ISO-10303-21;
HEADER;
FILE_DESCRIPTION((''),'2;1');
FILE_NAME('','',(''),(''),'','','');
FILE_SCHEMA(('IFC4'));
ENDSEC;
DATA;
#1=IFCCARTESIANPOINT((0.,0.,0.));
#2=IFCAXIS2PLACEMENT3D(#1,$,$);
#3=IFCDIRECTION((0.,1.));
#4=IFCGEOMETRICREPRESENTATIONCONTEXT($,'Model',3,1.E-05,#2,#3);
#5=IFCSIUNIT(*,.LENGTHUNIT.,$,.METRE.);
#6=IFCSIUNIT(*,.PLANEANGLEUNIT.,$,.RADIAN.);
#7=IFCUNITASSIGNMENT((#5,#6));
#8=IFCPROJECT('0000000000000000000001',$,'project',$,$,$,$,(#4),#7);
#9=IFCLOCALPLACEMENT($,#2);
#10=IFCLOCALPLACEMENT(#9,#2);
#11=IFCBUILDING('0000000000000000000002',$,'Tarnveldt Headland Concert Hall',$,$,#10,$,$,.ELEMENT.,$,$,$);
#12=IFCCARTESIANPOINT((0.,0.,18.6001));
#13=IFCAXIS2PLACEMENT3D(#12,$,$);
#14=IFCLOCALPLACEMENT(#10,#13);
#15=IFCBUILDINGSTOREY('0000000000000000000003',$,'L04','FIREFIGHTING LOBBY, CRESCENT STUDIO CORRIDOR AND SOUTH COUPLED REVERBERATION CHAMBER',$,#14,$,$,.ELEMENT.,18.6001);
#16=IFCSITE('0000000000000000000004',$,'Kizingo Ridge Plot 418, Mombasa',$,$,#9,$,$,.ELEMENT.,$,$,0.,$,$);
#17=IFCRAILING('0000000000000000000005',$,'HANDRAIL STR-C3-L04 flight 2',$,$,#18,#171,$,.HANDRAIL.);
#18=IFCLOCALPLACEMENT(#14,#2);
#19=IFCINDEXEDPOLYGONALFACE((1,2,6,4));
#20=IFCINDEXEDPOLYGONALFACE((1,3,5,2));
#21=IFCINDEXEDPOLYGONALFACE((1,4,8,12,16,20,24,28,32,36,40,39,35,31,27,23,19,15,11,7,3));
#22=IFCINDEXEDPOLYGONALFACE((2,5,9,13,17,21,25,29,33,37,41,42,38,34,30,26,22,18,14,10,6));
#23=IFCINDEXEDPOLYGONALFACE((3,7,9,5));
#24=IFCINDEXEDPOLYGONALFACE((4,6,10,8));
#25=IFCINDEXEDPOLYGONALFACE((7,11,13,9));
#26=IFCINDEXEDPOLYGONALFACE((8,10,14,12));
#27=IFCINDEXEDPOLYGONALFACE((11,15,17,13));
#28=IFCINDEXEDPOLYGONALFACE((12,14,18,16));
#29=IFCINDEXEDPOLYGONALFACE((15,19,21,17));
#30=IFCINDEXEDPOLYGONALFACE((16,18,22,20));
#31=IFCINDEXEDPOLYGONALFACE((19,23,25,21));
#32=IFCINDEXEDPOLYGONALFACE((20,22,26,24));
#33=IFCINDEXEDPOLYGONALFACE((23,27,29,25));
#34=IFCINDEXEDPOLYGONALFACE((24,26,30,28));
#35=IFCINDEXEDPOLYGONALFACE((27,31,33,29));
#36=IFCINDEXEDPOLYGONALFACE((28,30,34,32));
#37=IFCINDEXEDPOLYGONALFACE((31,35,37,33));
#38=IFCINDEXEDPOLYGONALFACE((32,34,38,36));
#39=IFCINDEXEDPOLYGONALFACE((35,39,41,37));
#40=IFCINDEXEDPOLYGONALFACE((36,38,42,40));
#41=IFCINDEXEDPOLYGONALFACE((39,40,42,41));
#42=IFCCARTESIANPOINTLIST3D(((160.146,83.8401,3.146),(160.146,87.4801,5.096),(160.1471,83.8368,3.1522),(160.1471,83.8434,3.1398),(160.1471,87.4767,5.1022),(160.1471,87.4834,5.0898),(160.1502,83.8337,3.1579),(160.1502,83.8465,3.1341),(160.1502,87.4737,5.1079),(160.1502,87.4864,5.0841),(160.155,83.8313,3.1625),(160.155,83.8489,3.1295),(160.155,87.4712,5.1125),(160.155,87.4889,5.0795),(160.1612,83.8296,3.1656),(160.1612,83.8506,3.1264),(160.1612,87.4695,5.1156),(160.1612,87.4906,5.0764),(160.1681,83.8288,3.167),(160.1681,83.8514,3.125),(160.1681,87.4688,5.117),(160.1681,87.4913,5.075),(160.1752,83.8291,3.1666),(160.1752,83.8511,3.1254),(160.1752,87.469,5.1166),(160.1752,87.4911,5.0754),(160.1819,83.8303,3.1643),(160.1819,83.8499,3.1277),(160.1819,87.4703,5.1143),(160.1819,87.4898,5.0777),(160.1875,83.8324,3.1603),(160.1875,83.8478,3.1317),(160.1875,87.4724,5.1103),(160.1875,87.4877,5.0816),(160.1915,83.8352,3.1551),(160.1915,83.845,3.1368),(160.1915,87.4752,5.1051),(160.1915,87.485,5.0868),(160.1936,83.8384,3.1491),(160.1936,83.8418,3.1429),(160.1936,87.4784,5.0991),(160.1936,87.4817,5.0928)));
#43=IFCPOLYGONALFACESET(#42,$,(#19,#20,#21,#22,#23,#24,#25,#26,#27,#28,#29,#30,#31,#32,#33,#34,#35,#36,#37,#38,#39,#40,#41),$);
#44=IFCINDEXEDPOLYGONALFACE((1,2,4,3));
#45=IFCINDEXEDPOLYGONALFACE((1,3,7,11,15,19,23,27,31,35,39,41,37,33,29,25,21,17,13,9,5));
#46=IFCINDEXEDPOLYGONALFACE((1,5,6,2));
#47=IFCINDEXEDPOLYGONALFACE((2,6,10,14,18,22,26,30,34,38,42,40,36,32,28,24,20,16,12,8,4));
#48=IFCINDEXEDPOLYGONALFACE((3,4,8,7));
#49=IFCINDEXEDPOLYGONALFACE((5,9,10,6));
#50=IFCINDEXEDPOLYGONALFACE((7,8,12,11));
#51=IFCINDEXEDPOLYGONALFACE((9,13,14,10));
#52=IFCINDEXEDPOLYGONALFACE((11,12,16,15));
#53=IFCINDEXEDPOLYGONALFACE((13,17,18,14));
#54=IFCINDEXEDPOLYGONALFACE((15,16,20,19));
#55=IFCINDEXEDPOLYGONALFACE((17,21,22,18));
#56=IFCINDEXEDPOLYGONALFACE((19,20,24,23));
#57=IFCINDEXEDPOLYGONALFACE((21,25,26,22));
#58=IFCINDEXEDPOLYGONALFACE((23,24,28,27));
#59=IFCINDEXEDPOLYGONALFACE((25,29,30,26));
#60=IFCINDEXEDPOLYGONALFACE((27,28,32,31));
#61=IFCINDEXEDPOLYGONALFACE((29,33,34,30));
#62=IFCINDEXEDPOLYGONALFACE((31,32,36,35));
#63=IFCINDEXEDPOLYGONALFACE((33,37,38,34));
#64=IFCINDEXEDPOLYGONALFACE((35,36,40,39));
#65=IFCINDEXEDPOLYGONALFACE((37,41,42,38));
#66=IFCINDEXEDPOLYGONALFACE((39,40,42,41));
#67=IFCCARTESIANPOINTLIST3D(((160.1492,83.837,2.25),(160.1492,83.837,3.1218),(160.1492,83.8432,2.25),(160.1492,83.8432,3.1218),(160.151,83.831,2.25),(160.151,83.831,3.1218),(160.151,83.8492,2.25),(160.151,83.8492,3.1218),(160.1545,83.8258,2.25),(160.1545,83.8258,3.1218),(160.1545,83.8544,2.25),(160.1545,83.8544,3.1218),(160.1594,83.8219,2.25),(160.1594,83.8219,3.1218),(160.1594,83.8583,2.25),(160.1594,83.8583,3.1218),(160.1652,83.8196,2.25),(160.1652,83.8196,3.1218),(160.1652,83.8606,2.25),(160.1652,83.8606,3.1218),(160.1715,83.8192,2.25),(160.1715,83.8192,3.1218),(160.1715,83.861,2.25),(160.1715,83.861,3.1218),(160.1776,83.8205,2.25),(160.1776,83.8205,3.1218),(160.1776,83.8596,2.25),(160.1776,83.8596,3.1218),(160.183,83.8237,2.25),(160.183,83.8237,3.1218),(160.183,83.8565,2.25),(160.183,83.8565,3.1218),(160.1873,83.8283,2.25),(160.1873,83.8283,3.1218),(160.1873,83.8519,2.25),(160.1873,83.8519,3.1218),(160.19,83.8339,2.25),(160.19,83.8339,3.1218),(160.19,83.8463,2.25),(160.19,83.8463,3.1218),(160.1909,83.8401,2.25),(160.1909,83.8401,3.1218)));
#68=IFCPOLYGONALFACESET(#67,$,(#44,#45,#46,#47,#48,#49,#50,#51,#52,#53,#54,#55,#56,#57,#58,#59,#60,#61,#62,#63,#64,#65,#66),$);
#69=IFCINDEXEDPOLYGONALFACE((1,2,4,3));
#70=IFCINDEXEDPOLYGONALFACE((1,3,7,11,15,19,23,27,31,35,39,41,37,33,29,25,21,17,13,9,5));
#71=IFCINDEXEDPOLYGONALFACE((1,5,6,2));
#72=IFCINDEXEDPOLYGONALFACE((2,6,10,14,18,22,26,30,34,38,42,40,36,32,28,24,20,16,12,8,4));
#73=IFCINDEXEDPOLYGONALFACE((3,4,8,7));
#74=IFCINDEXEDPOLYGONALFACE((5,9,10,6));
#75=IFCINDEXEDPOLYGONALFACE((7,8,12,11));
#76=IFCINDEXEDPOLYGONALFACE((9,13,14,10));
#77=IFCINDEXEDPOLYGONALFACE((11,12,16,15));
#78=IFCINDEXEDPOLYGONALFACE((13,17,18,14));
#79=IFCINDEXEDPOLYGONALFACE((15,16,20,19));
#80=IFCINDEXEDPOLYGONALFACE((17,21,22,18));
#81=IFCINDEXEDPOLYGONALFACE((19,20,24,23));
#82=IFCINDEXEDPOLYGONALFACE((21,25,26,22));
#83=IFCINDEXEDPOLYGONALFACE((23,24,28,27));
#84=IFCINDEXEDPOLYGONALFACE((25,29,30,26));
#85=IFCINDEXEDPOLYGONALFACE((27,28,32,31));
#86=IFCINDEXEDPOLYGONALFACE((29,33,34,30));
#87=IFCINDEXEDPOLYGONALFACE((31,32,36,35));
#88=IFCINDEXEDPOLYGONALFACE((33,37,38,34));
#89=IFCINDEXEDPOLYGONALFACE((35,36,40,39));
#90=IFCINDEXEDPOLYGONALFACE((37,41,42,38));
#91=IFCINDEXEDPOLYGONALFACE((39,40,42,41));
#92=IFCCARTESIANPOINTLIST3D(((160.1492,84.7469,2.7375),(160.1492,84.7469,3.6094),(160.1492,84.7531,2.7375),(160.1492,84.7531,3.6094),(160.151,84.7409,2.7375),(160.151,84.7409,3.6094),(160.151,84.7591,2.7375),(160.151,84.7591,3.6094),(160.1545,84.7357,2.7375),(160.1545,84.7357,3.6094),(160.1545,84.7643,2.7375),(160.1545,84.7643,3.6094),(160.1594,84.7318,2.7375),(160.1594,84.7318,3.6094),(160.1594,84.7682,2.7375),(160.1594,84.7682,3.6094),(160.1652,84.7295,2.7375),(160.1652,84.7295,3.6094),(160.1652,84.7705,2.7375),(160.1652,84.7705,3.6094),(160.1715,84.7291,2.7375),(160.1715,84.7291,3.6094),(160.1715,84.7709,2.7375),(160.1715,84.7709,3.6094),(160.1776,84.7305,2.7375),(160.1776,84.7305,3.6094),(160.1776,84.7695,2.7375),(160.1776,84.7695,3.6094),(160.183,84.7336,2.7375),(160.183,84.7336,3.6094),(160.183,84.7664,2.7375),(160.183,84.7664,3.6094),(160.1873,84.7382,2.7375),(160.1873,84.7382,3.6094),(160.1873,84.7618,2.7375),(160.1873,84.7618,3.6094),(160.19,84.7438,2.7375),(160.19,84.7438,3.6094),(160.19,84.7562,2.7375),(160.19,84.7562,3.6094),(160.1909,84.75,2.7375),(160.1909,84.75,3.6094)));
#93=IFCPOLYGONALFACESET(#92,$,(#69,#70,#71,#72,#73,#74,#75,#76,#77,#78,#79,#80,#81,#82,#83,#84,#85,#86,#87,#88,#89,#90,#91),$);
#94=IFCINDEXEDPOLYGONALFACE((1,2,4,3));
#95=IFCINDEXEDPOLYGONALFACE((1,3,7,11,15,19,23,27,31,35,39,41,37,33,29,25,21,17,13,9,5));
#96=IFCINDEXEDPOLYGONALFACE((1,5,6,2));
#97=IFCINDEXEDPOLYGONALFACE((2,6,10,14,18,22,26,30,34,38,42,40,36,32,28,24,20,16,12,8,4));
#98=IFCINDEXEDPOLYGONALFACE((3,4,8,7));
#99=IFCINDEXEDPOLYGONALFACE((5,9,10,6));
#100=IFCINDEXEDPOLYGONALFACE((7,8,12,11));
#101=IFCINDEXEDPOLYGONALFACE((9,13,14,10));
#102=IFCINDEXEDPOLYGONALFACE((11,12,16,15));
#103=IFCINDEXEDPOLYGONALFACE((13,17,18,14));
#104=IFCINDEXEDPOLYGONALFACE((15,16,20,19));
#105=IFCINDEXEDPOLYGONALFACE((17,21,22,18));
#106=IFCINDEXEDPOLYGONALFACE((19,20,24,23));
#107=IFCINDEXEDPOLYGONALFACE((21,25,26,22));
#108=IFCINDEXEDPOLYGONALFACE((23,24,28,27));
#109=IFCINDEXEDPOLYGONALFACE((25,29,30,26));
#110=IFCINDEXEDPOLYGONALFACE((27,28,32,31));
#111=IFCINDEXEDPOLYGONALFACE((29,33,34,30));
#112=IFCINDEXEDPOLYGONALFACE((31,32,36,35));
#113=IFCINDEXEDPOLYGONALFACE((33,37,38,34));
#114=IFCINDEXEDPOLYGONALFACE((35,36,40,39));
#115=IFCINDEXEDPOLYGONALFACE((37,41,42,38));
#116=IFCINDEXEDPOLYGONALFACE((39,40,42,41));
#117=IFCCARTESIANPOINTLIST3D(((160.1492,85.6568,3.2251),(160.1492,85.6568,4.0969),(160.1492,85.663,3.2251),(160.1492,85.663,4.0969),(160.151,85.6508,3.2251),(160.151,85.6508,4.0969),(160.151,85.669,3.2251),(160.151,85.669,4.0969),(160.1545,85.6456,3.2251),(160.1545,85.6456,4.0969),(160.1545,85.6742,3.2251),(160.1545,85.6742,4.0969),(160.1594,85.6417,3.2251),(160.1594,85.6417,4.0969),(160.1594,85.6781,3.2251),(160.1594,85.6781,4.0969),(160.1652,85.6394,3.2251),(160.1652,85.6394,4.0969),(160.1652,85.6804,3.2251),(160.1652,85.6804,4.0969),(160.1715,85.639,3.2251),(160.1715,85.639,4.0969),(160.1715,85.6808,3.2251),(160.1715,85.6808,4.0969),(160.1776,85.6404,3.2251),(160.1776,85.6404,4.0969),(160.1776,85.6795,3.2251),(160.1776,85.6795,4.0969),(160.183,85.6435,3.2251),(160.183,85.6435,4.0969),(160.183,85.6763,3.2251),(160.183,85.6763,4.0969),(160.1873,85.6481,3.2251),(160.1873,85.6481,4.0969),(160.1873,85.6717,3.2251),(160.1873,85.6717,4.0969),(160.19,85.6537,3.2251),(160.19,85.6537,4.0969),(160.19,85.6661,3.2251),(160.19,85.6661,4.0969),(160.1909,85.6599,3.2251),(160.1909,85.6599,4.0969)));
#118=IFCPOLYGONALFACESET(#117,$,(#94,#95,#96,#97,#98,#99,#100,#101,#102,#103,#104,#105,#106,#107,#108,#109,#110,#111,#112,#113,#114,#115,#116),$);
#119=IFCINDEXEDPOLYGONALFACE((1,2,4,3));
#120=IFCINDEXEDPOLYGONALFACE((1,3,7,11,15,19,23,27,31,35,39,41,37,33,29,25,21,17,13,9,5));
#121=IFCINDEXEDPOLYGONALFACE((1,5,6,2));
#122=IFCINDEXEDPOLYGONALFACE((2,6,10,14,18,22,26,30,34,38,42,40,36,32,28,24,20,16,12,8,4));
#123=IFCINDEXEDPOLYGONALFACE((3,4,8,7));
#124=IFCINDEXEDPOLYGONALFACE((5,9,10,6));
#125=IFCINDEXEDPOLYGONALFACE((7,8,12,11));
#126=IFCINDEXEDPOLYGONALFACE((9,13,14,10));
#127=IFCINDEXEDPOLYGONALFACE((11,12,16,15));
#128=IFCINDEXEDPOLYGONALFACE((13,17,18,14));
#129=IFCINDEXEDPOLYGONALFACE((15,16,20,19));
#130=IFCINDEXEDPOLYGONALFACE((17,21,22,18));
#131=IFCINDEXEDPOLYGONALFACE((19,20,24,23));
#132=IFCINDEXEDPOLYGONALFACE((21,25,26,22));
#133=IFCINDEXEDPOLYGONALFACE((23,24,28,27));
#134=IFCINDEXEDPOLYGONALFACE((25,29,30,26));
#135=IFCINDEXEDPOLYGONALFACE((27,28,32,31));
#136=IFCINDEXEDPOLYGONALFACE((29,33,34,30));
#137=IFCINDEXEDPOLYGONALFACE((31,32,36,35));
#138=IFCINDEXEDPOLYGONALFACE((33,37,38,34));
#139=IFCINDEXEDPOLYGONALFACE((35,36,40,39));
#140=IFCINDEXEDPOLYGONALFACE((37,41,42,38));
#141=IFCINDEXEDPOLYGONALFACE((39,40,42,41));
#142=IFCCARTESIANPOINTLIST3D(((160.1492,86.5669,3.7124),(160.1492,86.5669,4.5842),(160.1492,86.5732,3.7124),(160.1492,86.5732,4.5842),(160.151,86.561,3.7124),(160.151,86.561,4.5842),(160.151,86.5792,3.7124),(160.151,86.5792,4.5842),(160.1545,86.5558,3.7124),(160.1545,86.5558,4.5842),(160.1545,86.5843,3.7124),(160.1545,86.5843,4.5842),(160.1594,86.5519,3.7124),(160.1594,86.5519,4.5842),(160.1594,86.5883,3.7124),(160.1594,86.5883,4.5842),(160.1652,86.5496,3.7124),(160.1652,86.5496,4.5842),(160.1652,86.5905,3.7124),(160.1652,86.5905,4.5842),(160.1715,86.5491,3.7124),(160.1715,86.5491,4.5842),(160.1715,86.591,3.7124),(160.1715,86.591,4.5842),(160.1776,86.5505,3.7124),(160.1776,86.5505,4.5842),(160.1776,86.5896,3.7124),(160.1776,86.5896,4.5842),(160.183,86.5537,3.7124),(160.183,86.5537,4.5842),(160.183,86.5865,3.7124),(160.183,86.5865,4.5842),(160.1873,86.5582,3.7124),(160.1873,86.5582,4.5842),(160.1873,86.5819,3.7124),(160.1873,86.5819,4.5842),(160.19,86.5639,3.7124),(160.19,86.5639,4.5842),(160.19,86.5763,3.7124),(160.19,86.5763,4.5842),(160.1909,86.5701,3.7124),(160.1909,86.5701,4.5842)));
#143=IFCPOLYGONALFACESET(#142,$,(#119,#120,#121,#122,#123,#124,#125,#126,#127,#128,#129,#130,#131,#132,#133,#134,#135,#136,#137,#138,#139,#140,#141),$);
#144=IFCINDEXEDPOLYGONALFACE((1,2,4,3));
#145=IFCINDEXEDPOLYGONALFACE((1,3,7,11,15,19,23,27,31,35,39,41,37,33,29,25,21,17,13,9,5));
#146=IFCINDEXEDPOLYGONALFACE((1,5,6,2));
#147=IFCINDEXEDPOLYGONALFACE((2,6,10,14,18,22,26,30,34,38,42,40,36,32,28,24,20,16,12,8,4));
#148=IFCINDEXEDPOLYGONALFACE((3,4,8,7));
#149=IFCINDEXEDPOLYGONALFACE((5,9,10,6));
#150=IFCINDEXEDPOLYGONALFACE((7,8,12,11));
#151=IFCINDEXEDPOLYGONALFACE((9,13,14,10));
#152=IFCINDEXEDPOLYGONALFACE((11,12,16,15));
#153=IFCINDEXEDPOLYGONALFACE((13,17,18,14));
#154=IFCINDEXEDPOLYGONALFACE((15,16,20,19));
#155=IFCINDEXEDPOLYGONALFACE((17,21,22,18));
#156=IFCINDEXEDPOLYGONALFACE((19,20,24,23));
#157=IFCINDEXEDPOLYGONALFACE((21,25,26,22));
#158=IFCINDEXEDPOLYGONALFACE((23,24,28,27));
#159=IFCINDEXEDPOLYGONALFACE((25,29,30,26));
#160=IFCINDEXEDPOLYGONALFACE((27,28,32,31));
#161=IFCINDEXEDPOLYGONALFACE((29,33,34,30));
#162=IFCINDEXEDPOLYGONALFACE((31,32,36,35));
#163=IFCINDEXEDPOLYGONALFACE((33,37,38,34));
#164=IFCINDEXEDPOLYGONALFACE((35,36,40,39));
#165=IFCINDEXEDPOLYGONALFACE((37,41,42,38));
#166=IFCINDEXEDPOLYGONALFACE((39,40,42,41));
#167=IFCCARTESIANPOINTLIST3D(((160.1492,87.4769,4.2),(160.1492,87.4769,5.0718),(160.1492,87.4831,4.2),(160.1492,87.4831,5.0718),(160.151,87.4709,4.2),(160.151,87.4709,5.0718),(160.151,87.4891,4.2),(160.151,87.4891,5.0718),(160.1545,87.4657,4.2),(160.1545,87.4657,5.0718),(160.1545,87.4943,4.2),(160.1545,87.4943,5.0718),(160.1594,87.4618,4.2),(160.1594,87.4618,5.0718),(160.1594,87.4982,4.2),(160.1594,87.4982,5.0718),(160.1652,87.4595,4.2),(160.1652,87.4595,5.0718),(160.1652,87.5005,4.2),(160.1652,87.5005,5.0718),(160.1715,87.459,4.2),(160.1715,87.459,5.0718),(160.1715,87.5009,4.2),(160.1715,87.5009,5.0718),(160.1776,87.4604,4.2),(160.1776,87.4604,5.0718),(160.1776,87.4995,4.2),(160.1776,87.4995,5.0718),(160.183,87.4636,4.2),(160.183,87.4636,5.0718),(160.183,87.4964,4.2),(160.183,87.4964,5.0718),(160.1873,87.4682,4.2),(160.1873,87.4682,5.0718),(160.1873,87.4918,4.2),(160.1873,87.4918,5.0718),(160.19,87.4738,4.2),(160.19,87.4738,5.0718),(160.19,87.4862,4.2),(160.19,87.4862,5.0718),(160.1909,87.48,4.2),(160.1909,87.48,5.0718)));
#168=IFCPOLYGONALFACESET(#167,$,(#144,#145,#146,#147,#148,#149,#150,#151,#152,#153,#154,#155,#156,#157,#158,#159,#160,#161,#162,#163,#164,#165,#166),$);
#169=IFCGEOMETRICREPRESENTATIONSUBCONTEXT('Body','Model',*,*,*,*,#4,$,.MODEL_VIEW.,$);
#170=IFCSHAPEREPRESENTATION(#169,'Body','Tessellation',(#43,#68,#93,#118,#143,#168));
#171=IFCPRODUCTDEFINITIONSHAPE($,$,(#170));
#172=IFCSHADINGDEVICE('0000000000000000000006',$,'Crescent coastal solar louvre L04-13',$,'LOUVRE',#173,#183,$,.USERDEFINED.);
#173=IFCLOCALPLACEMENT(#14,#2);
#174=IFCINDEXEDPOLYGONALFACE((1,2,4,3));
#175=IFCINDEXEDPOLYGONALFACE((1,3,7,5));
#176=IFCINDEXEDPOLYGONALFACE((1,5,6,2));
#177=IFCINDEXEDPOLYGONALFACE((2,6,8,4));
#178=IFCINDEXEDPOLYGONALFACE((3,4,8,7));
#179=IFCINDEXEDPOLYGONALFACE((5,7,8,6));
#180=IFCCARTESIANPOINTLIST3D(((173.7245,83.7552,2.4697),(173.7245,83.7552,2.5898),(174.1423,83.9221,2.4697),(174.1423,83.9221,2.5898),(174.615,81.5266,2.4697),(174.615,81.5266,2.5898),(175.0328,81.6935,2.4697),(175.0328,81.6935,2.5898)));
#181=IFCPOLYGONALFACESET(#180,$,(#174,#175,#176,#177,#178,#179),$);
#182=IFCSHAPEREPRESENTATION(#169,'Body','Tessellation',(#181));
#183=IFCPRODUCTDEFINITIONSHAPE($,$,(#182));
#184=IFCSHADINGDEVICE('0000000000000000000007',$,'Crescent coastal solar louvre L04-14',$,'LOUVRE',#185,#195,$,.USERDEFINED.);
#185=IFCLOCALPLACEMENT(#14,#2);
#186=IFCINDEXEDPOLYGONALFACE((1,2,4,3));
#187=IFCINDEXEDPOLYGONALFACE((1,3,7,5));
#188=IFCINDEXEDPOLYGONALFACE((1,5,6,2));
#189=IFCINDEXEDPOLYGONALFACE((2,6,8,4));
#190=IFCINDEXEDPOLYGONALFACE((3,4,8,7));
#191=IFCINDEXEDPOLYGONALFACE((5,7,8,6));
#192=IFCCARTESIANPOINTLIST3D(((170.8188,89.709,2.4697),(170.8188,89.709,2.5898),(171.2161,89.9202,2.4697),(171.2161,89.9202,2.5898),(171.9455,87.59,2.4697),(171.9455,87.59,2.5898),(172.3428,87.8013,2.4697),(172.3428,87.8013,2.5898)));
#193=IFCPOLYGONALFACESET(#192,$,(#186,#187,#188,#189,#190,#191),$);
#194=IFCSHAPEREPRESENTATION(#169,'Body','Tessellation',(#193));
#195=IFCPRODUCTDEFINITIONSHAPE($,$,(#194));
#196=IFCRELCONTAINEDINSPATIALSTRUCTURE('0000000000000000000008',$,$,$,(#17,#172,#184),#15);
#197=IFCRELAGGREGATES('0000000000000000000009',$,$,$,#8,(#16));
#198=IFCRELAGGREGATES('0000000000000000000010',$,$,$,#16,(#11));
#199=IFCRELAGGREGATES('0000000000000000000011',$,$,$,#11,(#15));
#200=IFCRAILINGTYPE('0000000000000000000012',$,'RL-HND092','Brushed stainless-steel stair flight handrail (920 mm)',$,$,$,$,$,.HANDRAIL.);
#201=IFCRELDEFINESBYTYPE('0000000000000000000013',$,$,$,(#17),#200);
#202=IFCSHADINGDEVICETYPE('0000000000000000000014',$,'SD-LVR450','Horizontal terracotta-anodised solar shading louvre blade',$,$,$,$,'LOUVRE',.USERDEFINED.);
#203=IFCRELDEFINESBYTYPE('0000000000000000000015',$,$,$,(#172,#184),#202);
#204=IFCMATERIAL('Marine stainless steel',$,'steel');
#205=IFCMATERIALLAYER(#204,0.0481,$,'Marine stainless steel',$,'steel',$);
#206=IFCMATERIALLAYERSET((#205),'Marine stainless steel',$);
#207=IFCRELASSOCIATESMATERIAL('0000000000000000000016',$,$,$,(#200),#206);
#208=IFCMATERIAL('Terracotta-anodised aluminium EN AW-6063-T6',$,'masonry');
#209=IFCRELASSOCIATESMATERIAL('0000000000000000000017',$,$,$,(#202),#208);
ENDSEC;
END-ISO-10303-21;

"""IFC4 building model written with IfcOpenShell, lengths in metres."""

from ifc_helpers import new_model, si_unit, direction, frame, origin, origin_2d, place, context, subcontext, project, spatial, rectangle, circle, extrude, material, layer, layer_set, type_object, element, save


model = new_model("IFC4")

# Units and contexts
model_context = context("Model", 3, precision=1e-05, world=origin(), true_north=direction((0.0, 1.0)))
body_context = subcontext(model_context, "Body", "Model", "MODEL_VIEW")
ifc_project = project(units=[si_unit("LENGTHUNIT", "METRE"), si_unit("PLANEANGLEUNIT", "RADIAN")], contexts=[model_context])

# Site, building, storey
site_placement = place(None, origin())
site = spatial("IfcSite", under=ifc_project, at=site_placement, Name="Kizingo Ridge Plot 418, Mombasa", CompositionType="ELEMENT", RefElevation=0.0)
building_placement = place(site_placement, origin())
building = spatial("IfcBuilding", under=site, at=building_placement, Name="Tarnveldt Headland Concert Hall", CompositionType="ELEMENT")
storey_placement = place(building_placement, frame((0.0, 0.0, 18.6001)))
storey = spatial("IfcBuildingStorey", under=building, at=storey_placement, Name="L04", Description="FIREFIGHTING LOBBY, CRESCENT STUDIO CORRIDOR AND SOUTH COUPLED REVERBERATION CHAMBER", CompositionType="ELEMENT", Elevation=18.6001)

# Railing
ifc_material_1 = material(Name="Marine stainless steel", Category="steel")
ifc_layer_1 = layer(ifc_material_1, 0.0481, Name="Marine stainless steel", Category="steel")
ifc_layer_set_1 = layer_set([ifc_layer_1], Name="Marine stainless steel")
railing_type_1 = type_object("IfcRailingType", Name="RL-HND092", Description="Brushed stainless-steel stair flight handrail (920 mm)", PredefinedType="HANDRAIL", material=ifc_layer_set_1)
railing_1_placement = place(storey_placement, frame((160.1699, 83.8401, 2.25)))
element("IfcRailing", 1, at=railing_1_placement, inside=storey, type_object=railing_type_1, Name="HANDRAIL STR-C3-L04 flight 2", PredefinedType="HANDRAIL", context=body_context, shape_type="SweptSolid", body=[
    extrude(circle(Radius=0.0239, at=origin_2d()), frame((0.0, 0.0, 0.896), z_axis=(0.0, 0.881479, 0.472223), x_axis=(-1.0, 0.0, 0.0)), (0.0, 0.0, 1.0), 4.1294),
    extrude(circle(Radius=0.021, at=origin_2d()), origin(), (0.0, 0.0, 1.0), 0.8718),
    extrude(circle(Radius=0.021, at=origin_2d()), frame((0.0, 0.9099, 0.4875)), (0.0, 0.0, 1.0), 0.8718),
    extrude(circle(Radius=0.021, at=origin_2d()), frame((0.0, 1.8198, 0.9751)), (0.0, 0.0, 1.0), 0.8718),
    extrude(circle(Radius=0.021, at=origin_2d()), frame((0.0, 2.73, 1.4624)), (0.0, 0.0, 1.0), 0.8718),
    extrude(circle(Radius=0.021, at=origin_2d()), frame((0.0, 3.6399, 1.95)), (0.0, 0.0, 1.0), 0.8718),
])

# Shading devices
ifc_material_2 = material(Name="Terracotta-anodised aluminium EN AW-6063-T6", Category="masonry")
shading_device_type = type_object("IfcShadingDeviceType", Name="SD-LVR450", Description="Horizontal terracotta-anodised solar shading louvre blade", ElementType="LOUVRE", PredefinedType="USERDEFINED", material=ifc_material_2)
for number, where, z_axis, x_axis, name in (
    (2, (174.3787, 82.7244, 2.4697), (0.0, 0.0, 1.0), (0.928615, 0.371044, 0.0), "Crescent coastal solar louvre L04-13"),
    (3, (171.5808, 88.7551, 2.4697), (0.0, 0.0, 1.0), (0.882948, 0.469472, 0.0), "Crescent coastal solar louvre L04-14"),
):
    element("IfcShadingDevice", number, at=place(storey_placement, frame(where, z_axis=z_axis, x_axis=x_axis)), inside=storey, type_object=shading_device_type, Name=name, ObjectType="LOUVRE", PredefinedType="USERDEFINED", context=body_context, shape_type="SweptSolid", body=[
        extrude(rectangle(XDim=0.45, YDim=2.3999, at=origin_2d()), origin(), (0.0, 0.0, 1.0), 0.1201),
    ])

save(model, "model.ifc")
